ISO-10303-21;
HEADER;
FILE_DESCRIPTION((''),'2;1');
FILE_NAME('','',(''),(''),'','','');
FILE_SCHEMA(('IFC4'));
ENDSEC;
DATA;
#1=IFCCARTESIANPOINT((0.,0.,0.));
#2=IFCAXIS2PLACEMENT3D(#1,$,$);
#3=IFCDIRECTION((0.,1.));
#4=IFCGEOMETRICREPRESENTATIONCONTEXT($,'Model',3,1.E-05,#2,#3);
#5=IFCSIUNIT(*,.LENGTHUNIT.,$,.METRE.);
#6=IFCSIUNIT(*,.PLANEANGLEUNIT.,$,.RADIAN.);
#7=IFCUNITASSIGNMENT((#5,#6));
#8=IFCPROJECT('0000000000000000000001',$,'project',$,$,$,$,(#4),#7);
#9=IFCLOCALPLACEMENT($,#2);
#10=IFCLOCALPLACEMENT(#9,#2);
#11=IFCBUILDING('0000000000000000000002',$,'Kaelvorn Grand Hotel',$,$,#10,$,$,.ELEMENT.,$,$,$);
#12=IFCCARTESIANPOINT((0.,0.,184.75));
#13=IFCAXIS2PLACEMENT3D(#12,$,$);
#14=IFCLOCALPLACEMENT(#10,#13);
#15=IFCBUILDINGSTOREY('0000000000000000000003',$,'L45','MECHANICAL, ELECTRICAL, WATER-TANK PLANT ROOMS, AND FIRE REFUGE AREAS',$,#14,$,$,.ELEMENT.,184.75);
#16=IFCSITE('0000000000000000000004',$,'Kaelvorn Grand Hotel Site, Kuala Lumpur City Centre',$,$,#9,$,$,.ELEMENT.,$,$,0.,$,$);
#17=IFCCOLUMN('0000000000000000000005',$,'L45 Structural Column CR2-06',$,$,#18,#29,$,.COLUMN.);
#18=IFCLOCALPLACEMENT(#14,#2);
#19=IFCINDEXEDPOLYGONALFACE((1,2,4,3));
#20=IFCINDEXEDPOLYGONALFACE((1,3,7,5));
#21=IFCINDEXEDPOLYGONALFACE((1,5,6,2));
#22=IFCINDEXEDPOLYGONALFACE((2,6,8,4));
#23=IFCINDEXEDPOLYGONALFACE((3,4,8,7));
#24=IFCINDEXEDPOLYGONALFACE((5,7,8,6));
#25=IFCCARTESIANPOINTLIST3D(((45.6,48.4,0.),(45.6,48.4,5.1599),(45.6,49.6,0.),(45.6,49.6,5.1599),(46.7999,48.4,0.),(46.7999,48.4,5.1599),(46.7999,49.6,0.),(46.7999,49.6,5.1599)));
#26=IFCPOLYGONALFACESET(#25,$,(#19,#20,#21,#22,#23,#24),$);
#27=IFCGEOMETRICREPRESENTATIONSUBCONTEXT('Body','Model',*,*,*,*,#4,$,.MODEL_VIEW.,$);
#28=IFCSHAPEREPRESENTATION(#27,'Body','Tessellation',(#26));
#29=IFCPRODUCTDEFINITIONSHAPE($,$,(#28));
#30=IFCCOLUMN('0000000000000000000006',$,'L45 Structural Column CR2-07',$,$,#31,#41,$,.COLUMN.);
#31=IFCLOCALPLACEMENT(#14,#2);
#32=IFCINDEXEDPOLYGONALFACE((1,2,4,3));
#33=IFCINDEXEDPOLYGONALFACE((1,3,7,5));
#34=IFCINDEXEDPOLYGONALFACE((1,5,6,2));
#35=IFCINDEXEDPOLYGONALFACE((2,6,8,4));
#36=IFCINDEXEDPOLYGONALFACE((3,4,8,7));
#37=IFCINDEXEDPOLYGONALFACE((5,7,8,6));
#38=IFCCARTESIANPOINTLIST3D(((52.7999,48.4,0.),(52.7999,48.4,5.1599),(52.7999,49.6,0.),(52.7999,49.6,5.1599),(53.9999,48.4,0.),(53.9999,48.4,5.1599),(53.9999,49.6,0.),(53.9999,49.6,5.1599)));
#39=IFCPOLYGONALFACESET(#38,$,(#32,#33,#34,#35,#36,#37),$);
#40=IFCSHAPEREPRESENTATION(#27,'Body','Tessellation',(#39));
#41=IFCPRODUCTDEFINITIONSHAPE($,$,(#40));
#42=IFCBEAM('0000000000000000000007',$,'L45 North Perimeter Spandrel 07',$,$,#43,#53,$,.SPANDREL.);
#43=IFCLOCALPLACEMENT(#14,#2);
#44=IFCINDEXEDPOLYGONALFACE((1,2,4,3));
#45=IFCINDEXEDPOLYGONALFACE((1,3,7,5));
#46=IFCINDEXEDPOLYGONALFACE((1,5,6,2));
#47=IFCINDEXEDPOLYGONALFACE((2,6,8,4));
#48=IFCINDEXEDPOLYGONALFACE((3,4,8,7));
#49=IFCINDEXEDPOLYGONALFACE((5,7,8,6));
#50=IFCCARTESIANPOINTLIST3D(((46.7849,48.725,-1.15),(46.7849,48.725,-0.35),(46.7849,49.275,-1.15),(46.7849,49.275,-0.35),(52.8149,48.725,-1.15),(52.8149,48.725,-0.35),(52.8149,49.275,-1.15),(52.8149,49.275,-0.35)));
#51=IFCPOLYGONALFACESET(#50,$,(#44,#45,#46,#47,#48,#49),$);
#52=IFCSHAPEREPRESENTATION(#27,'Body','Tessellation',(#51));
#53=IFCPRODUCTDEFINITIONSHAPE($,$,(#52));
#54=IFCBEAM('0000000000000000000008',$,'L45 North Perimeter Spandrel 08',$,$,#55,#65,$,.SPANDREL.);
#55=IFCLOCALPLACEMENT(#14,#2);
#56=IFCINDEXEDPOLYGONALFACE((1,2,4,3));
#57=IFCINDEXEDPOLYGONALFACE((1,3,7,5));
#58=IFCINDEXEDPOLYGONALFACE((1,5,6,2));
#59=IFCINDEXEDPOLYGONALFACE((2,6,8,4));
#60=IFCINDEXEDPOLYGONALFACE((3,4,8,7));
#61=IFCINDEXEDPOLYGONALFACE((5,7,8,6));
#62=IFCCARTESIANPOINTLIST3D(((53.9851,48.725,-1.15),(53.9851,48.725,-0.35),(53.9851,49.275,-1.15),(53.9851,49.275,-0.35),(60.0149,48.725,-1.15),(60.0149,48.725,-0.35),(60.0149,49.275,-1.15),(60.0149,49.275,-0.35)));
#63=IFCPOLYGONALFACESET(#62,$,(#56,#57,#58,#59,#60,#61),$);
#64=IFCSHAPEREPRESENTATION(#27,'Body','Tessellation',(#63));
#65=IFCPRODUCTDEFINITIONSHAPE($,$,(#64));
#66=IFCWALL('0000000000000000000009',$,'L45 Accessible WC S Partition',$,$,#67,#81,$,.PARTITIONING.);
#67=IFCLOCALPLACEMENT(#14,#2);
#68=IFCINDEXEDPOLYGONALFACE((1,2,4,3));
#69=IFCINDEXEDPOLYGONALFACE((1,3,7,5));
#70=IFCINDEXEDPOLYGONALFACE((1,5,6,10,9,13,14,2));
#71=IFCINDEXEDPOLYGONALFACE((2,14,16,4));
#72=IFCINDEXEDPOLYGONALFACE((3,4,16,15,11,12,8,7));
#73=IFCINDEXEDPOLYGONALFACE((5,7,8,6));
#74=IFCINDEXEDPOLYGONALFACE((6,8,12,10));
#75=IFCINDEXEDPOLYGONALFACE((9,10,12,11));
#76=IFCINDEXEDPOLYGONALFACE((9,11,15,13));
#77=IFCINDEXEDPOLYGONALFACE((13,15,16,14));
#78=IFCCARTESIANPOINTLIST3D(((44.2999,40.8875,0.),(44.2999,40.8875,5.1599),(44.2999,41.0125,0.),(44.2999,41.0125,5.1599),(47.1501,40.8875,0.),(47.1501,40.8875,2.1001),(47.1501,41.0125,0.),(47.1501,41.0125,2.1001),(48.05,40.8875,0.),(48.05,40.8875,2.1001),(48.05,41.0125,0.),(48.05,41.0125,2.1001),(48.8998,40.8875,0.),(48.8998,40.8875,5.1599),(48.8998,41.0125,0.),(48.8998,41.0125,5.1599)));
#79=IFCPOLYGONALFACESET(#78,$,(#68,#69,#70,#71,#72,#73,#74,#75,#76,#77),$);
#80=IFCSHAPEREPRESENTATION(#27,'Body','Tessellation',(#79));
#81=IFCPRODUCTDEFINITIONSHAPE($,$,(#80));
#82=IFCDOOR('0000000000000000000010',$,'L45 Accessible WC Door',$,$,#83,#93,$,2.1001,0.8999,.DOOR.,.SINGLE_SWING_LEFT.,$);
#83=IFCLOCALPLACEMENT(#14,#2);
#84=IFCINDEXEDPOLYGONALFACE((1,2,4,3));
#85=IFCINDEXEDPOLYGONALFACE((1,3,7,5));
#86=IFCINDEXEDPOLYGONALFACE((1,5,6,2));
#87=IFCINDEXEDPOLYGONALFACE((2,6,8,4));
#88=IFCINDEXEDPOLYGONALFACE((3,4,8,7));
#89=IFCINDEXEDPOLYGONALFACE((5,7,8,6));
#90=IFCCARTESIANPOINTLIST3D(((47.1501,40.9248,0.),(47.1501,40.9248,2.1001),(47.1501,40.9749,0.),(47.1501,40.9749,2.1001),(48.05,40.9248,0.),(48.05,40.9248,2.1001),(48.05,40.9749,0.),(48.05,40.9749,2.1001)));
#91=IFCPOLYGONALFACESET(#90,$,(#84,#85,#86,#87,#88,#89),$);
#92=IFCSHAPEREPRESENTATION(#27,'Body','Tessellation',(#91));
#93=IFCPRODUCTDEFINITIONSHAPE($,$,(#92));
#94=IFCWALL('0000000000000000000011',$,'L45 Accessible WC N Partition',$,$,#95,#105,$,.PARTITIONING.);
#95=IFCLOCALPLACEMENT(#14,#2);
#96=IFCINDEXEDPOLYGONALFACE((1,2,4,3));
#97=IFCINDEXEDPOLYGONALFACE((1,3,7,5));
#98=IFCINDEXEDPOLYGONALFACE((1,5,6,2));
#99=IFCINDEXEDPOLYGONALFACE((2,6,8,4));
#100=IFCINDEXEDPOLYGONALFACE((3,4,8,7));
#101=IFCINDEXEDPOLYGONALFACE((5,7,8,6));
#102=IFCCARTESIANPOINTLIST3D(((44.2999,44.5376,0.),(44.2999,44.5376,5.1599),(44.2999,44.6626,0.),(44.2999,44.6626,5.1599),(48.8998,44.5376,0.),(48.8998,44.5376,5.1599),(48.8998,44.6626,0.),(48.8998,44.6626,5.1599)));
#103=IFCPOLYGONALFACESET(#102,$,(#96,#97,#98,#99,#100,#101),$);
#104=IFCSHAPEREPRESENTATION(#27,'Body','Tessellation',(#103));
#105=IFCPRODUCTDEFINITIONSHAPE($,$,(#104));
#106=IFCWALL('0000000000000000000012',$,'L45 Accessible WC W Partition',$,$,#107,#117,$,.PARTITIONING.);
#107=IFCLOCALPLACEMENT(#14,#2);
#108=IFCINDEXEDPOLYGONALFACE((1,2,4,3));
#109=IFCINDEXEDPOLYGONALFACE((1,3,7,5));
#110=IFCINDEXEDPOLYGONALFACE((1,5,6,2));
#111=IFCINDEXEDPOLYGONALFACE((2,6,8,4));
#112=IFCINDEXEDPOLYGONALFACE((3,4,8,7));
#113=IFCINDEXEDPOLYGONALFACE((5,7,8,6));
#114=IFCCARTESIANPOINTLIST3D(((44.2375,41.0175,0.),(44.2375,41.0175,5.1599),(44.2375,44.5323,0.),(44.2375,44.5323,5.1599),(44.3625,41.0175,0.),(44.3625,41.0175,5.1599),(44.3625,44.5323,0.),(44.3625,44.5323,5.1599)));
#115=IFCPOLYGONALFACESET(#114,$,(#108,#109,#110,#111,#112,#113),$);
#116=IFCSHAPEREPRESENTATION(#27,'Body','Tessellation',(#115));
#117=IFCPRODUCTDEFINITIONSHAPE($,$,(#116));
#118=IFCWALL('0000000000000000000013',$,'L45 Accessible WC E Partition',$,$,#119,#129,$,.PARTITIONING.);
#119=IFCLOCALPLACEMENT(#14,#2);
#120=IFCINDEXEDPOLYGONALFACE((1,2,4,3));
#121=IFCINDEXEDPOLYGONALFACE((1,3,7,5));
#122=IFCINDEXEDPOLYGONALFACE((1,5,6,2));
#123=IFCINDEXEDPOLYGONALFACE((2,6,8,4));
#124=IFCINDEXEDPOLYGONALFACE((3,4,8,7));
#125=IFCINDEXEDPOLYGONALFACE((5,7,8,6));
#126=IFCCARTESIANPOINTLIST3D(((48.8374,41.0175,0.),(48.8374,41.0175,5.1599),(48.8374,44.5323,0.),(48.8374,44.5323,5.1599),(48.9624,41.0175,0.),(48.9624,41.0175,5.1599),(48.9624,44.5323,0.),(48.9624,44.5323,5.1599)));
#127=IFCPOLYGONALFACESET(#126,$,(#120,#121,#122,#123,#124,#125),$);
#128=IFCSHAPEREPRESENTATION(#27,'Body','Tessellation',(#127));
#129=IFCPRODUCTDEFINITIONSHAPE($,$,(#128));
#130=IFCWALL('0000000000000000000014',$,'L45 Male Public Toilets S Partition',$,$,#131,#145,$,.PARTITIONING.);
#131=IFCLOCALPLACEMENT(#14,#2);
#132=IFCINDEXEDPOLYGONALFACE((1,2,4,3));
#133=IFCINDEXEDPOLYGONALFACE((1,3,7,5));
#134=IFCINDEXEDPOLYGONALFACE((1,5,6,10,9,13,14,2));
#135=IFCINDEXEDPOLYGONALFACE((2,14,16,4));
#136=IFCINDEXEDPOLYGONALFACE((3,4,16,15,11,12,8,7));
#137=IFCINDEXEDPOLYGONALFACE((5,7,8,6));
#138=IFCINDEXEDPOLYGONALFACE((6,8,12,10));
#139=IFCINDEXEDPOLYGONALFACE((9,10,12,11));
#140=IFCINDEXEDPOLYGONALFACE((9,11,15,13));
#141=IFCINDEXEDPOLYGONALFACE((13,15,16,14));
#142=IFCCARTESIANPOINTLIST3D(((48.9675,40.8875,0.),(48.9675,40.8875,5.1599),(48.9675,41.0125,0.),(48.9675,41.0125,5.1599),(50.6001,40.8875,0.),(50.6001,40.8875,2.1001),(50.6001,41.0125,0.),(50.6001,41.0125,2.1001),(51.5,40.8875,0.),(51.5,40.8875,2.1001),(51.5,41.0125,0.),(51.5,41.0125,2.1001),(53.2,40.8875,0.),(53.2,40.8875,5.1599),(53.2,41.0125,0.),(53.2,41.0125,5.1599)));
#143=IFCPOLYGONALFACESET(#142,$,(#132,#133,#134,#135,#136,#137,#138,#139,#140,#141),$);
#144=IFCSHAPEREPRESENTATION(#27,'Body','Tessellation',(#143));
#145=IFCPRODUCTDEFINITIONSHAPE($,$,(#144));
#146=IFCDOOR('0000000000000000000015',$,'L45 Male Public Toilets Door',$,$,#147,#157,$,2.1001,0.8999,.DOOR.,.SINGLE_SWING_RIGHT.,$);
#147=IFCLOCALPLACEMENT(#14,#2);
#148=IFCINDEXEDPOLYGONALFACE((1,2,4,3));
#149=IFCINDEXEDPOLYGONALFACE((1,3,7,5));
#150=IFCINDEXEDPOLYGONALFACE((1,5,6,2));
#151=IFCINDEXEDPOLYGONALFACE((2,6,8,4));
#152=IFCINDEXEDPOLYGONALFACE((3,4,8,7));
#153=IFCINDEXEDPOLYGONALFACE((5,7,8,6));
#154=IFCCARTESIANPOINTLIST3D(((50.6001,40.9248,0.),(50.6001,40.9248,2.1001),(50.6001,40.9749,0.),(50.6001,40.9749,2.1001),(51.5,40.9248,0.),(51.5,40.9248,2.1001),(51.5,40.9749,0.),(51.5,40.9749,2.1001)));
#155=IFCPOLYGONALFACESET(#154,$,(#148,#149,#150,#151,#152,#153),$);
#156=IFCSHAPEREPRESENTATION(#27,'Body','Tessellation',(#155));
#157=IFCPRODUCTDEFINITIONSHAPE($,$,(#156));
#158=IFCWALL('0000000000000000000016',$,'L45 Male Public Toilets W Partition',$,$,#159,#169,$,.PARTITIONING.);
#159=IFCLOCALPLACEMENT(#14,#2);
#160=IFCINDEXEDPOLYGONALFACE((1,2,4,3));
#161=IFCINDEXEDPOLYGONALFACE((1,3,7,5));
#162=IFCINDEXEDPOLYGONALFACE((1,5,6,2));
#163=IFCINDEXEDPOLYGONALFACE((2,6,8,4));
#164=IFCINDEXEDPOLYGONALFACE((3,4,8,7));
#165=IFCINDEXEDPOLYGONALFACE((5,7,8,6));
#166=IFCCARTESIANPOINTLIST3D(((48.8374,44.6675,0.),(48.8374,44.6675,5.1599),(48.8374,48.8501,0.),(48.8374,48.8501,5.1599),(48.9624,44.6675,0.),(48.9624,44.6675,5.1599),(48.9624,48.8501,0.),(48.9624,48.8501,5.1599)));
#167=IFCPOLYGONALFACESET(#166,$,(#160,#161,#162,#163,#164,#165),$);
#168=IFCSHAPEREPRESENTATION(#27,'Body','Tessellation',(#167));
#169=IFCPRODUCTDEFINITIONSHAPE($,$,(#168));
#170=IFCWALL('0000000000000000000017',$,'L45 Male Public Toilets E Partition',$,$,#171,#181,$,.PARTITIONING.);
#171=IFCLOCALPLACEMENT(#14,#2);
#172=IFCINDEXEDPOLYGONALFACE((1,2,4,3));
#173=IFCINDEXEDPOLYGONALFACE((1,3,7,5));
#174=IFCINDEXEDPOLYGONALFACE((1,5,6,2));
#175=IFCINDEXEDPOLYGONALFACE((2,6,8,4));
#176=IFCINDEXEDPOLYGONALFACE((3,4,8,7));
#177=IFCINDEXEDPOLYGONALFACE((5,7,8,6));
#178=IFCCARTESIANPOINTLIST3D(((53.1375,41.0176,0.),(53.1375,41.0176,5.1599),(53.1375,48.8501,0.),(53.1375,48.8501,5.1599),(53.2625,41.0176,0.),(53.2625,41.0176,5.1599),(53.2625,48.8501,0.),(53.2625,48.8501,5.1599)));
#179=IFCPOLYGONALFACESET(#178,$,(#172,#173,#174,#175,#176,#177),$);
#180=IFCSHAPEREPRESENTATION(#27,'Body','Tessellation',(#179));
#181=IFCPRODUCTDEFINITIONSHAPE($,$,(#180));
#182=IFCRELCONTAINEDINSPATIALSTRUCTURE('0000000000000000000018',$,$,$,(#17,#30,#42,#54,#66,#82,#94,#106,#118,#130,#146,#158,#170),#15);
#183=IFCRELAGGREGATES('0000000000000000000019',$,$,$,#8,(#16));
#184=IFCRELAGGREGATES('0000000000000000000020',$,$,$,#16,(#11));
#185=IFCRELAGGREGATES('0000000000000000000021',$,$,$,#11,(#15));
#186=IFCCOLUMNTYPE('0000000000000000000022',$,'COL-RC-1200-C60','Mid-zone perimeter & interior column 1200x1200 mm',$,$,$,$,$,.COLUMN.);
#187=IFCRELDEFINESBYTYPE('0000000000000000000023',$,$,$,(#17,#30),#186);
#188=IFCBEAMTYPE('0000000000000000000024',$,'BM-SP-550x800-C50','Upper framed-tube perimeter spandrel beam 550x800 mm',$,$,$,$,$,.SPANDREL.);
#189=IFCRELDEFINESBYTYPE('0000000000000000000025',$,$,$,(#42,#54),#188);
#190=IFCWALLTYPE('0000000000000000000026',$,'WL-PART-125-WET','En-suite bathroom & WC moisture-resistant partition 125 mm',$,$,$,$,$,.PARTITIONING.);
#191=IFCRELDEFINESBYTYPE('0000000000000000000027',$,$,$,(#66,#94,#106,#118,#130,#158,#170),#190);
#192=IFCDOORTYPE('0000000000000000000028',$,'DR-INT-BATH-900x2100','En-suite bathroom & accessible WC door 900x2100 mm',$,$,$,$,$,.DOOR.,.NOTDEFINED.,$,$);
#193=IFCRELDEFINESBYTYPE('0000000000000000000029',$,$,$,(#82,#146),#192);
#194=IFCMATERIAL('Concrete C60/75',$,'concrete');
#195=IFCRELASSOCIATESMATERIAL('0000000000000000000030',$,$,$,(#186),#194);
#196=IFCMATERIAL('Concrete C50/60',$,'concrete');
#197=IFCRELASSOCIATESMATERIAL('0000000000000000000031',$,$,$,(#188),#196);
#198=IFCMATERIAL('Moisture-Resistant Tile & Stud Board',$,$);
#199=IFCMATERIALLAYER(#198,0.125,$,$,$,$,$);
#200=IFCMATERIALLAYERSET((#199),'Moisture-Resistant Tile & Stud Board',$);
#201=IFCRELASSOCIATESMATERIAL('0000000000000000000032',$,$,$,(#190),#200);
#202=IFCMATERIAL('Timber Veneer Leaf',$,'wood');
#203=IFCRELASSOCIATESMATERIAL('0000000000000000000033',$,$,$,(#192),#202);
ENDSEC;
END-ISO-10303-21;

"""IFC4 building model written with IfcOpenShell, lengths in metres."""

from ifc_helpers import new_model, si_unit, direction, frame, frame_2d, origin, origin_2d, place, context, subcontext, project, spatial, rectangle, extrude, material, layer, layer_set, material_profile, profile_set, type_object, element, fill, save


model = new_model("IFC4")

# Units and contexts
model_context = context("Model", 3, precision=1e-05, world=origin(), true_north=direction((0.0, 1.0)))
body_context = subcontext(model_context, "Body", "Model", "MODEL_VIEW")
ifc_project = project(units=[si_unit("LENGTHUNIT", "METRE"), si_unit("PLANEANGLEUNIT", "RADIAN")], contexts=[model_context])

# Site, building, storey
site_placement = place(None, origin())
site = spatial("IfcSite", under=ifc_project, at=site_placement, Name="Kaelvorn Grand Hotel Site, Kuala Lumpur City Centre", CompositionType="ELEMENT", RefElevation=0.0)
building_placement = place(site_placement, origin())
building = spatial("IfcBuilding", under=site, at=building_placement, Name="Kaelvorn Grand Hotel", CompositionType="ELEMENT")
storey_placement = place(building_placement, frame((0.0, 0.0, 184.75)))
storey = spatial("IfcBuildingStorey", under=building, at=storey_placement, Name="L45", Description="MECHANICAL, ELECTRICAL, WATER-TANK PLANT ROOMS, AND FIRE REFUGE AREAS", CompositionType="ELEMENT", Elevation=184.75)

# Columns
ifc_material_1 = material(Name="Concrete C60/75", Category="concrete")
ifc_material_profile_1 = material_profile(ifc_material_1, rectangle(XDim=1.2, YDim=1.2, at=origin_2d()), Name="RC COL 1200x1200")
ifc_profile_set_1 = profile_set([ifc_material_profile_1], Name="Concrete C60/75")
column_type = type_object("IfcColumnType", Name="COL-RC-1200-C60", Description="Mid-zone perimeter & interior column 1200x1200 mm", PredefinedType="COLUMN", material=ifc_profile_set_1)
for number, where, z_axis, x_axis, name in (
    (1, (46.2, 49.0, 0.0), (0.0, 0.0, 1.0), (1.0, 0.0, 0.0), "L45 Structural Column CR2-06"),
    (2, (53.3999, 49.0, 0.0), (0.0, 0.0, 1.0), (1.0, 0.0, 0.0), "L45 Structural Column CR2-07"),
):
    element("IfcColumn", number, at=place(storey_placement, frame(where, z_axis=z_axis, x_axis=x_axis)), inside=storey, type_object=column_type, Name=name, PredefinedType="COLUMN", context=body_context, shape_type="SweptSolid", body=[
        extrude(rectangle(XDim=1.2, YDim=1.2, at=origin_2d()), origin(), (0.0, 0.0, 1.0), 5.1599),
    ])

# Beams
ifc_material_2 = material(Name="Concrete C50/60", Category="concrete")
ifc_material_profile_2 = material_profile(ifc_material_2, rectangle(XDim=0.55, YDim=0.8, at=origin_2d()), Name="RC SPANDREL 550x800")
ifc_profile_set_2 = profile_set([ifc_material_profile_2], Name="Concrete C50/60")
beam_type = type_object("IfcBeamType", Name="BM-SP-550x800-C50", Description="Upper framed-tube perimeter spandrel beam 550x800 mm", PredefinedType="SPANDREL", material=ifc_profile_set_2)
beam_1_placement = place(storey_placement, frame((46.7849, 49.0, -0.75), z_axis=(1.0, 0.0, 0.0), x_axis=(0.0, 1.0, 0.0)))
element("IfcBeam", 3, at=beam_1_placement, inside=storey, type_object=beam_type, Name="L45 North Perimeter Spandrel 07", PredefinedType="SPANDREL", context=body_context, shape_type="SweptSolid", body=[
    extrude(rectangle(XDim=0.55, YDim=0.8, at=origin_2d()), origin(), (0.0, 0.0, 1.0), 6.03),
])
beam_2_placement = place(storey_placement, frame((53.9851, 49.0, -0.75), z_axis=(1.0, 0.0, 0.0), x_axis=(0.0, 1.0, 0.0)))
element("IfcBeam", 4, at=beam_2_placement, inside=storey, type_object=beam_type, Name="L45 North Perimeter Spandrel 08", PredefinedType="SPANDREL", context=body_context, shape_type="SweptSolid", body=[
    extrude(rectangle(XDim=0.55, YDim=0.8, at=origin_2d()), origin(), (0.0, 0.0, 1.0), 6.0298),
])

# Wall, opening, door
ifc_material_3 = material(Name="Moisture-Resistant Tile & Stud Board")
ifc_layer_1 = layer(ifc_material_3, 0.125)
ifc_layer_set_1 = layer_set([ifc_layer_1], Name="Moisture-Resistant Tile & Stud Board")
wall_type_1 = type_object("IfcWallType", Name="WL-PART-125-WET", Description="En-suite bathroom & WC moisture-resistant partition 125 mm", PredefinedType="PARTITIONING", material=ifc_layer_set_1)
wall_1_placement = place(storey_placement, frame((44.3, 40.95, 0.0), z_axis=(0.0, 0.0, 1.0), x_axis=(1.0, 0.0, 0.0)))
wall_1 = element("IfcWall", 5, at=wall_1_placement, inside=storey, type_object=wall_type_1, Name="L45 Accessible WC S Partition", PredefinedType="PARTITIONING", context=body_context, shape_type="SweptSolid", body=[
    extrude(rectangle(XDim=4.5999, YDim=0.125, at=frame_2d((2.2998, 0.0))), origin(), (0.0, 0.0, 1.0), 5.1599),
])
opening_1_placement = place(wall_1_placement, frame((2.8501, 0.0, 0.0)))
opening_1 = element("IfcOpeningElement", 6, at=opening_1_placement, cuts=wall_1, PredefinedType="OPENING", context=body_context, shape_type="SweptSolid", body=[
    extrude(rectangle(XDim=0.8999, YDim=2.1001, at=frame_2d((0.45, 1.05))), frame((0.0, 0.0725, 0.0), z_axis=(0.0, -1.0, 0.0), x_axis=(1.0, 0.0, 0.0)), (0.0, 0.0, 1.0), 0.145),
])
ifc_material_4 = material(Name="Timber Veneer Leaf", Category="wood")
door_type = type_object("IfcDoorType", Name="DR-INT-BATH-900x2100", Description="En-suite bathroom & accessible WC door 900x2100 mm", OperationType="NOTDEFINED", PredefinedType="DOOR", material=ifc_material_4)
door_1_placement = place(opening_1_placement, origin())
door_1 = element("IfcDoor", 7, at=door_1_placement, inside=storey, type_object=door_type, Name="L45 Accessible WC Door", OperationType="SINGLE_SWING_LEFT", OverallHeight=2.1001, OverallWidth=0.8999, PredefinedType="DOOR", context=body_context, shape_type="SweptSolid", body=[
    extrude(rectangle(XDim=0.8999, YDim=2.1001, at=frame_2d((0.45, 1.05))), frame((0.0, 0.0249, 0.0), z_axis=(0.0, -1.0, 0.0), x_axis=(1.0, 0.0, 0.0)), (0.0, 0.0, 1.0), 0.05),
])
fill(opening_1, door_1)

# Walls
wall_2_placement = place(storey_placement, frame((44.3, 44.6001, 0.0), z_axis=(0.0, 0.0, 1.0), x_axis=(1.0, 0.0, 0.0)))
element("IfcWall", 8, at=wall_2_placement, inside=storey, type_object=wall_type_1, Name="L45 Accessible WC N Partition", PredefinedType="PARTITIONING", context=body_context, shape_type="SweptSolid", body=[
    extrude(rectangle(XDim=4.5999, YDim=0.125, at=frame_2d((2.2998, 0.0))), origin(), (0.0, 0.0, 1.0), 5.1599),
])
for number, where, z_axis, x_axis, name in (
    (9, (44.3, 41.0176, 0.0), (0.0, 0.0, 1.0), (0.0, 1.0, 0.0), "L45 Accessible WC W Partition"),
    (10, (48.8999, 41.0176, 0.0), (0.0, 0.0, 1.0), (0.0, 1.0, 0.0), "L45 Accessible WC E Partition"),
):
    element("IfcWall", number, at=place(storey_placement, frame(where, z_axis=z_axis, x_axis=x_axis)), inside=storey, type_object=wall_type_1, Name=name, PredefinedType="PARTITIONING", context=body_context, shape_type="SweptSolid", body=[
        extrude(rectangle(XDim=3.5149, YDim=0.125, at=frame_2d((1.7573, 0.0))), origin(), (0.0, 0.0, 1.0), 5.1599),
    ])

# Wall, opening, door
wall_3_placement = place(storey_placement, frame((48.9675, 40.95, 0.0), z_axis=(0.0, 0.0, 1.0), x_axis=(1.0, 0.0, 0.0)))
wall_3 = element("IfcWall", 11, at=wall_3_placement, inside=storey, type_object=wall_type_1, Name="L45 Male Public Toilets S Partition", PredefinedType="PARTITIONING", context=body_context, shape_type="SweptSolid", body=[
    extrude(rectangle(XDim=4.2324, YDim=0.125, at=frame_2d((2.1162, 0.0))), origin(), (0.0, 0.0, 1.0), 5.1599),
])
opening_2_placement = place(wall_3_placement, frame((1.6326, 0.0, 0.0)))
opening_2 = element("IfcOpeningElement", 12, at=opening_2_placement, cuts=wall_3, PredefinedType="OPENING", context=body_context, shape_type="SweptSolid", body=[
    extrude(rectangle(XDim=0.8999, YDim=2.1001, at=frame_2d((0.45, 1.05))), frame((0.0, 0.0725, 0.0), z_axis=(0.0, -1.0, 0.0), x_axis=(1.0, 0.0, 0.0)), (0.0, 0.0, 1.0), 0.145),
])
door_2_placement = place(opening_2_placement, origin())
door_2 = element("IfcDoor", 13, at=door_2_placement, inside=storey, type_object=door_type, Name="L45 Male Public Toilets Door", OperationType="SINGLE_SWING_RIGHT", OverallHeight=2.1001, OverallWidth=0.8999, PredefinedType="DOOR", context=body_context, shape_type="SweptSolid", body=[
    extrude(rectangle(XDim=0.8999, YDim=2.1001, at=frame_2d((0.45, 1.05))), frame((0.0, 0.0249, 0.0), z_axis=(0.0, -1.0, 0.0), x_axis=(1.0, 0.0, 0.0)), (0.0, 0.0, 1.0), 0.05),
])
fill(opening_2, door_2)

# Walls
wall_4_placement = place(storey_placement, frame((48.8999, 44.6675, 0.0), z_axis=(0.0, 0.0, 1.0), x_axis=(0.0, 1.0, 0.0)))
element("IfcWall", 14, at=wall_4_placement, inside=storey, type_object=wall_type_1, Name="L45 Male Public Toilets W Partition", PredefinedType="PARTITIONING", context=body_context, shape_type="SweptSolid", body=[
    extrude(rectangle(XDim=4.1826, YDim=0.125, at=frame_2d((2.0913, 0.0))), origin(), (0.0, 0.0, 1.0), 5.1599),
])
wall_5_placement = place(storey_placement, frame((53.2, 41.0176, 0.0), z_axis=(0.0, 0.0, 1.0), x_axis=(0.0, 1.0, 0.0)))
element("IfcWall", 15, at=wall_5_placement, inside=storey, type_object=wall_type_1, Name="L45 Male Public Toilets E Partition", PredefinedType="PARTITIONING", context=body_context, shape_type="SweptSolid", body=[
    extrude(rectangle(XDim=7.8325, YDim=0.125, at=frame_2d((3.9163, 0.0))), origin(), (0.0, 0.0, 1.0), 5.1599),
])

save(model, "model.ifc")
